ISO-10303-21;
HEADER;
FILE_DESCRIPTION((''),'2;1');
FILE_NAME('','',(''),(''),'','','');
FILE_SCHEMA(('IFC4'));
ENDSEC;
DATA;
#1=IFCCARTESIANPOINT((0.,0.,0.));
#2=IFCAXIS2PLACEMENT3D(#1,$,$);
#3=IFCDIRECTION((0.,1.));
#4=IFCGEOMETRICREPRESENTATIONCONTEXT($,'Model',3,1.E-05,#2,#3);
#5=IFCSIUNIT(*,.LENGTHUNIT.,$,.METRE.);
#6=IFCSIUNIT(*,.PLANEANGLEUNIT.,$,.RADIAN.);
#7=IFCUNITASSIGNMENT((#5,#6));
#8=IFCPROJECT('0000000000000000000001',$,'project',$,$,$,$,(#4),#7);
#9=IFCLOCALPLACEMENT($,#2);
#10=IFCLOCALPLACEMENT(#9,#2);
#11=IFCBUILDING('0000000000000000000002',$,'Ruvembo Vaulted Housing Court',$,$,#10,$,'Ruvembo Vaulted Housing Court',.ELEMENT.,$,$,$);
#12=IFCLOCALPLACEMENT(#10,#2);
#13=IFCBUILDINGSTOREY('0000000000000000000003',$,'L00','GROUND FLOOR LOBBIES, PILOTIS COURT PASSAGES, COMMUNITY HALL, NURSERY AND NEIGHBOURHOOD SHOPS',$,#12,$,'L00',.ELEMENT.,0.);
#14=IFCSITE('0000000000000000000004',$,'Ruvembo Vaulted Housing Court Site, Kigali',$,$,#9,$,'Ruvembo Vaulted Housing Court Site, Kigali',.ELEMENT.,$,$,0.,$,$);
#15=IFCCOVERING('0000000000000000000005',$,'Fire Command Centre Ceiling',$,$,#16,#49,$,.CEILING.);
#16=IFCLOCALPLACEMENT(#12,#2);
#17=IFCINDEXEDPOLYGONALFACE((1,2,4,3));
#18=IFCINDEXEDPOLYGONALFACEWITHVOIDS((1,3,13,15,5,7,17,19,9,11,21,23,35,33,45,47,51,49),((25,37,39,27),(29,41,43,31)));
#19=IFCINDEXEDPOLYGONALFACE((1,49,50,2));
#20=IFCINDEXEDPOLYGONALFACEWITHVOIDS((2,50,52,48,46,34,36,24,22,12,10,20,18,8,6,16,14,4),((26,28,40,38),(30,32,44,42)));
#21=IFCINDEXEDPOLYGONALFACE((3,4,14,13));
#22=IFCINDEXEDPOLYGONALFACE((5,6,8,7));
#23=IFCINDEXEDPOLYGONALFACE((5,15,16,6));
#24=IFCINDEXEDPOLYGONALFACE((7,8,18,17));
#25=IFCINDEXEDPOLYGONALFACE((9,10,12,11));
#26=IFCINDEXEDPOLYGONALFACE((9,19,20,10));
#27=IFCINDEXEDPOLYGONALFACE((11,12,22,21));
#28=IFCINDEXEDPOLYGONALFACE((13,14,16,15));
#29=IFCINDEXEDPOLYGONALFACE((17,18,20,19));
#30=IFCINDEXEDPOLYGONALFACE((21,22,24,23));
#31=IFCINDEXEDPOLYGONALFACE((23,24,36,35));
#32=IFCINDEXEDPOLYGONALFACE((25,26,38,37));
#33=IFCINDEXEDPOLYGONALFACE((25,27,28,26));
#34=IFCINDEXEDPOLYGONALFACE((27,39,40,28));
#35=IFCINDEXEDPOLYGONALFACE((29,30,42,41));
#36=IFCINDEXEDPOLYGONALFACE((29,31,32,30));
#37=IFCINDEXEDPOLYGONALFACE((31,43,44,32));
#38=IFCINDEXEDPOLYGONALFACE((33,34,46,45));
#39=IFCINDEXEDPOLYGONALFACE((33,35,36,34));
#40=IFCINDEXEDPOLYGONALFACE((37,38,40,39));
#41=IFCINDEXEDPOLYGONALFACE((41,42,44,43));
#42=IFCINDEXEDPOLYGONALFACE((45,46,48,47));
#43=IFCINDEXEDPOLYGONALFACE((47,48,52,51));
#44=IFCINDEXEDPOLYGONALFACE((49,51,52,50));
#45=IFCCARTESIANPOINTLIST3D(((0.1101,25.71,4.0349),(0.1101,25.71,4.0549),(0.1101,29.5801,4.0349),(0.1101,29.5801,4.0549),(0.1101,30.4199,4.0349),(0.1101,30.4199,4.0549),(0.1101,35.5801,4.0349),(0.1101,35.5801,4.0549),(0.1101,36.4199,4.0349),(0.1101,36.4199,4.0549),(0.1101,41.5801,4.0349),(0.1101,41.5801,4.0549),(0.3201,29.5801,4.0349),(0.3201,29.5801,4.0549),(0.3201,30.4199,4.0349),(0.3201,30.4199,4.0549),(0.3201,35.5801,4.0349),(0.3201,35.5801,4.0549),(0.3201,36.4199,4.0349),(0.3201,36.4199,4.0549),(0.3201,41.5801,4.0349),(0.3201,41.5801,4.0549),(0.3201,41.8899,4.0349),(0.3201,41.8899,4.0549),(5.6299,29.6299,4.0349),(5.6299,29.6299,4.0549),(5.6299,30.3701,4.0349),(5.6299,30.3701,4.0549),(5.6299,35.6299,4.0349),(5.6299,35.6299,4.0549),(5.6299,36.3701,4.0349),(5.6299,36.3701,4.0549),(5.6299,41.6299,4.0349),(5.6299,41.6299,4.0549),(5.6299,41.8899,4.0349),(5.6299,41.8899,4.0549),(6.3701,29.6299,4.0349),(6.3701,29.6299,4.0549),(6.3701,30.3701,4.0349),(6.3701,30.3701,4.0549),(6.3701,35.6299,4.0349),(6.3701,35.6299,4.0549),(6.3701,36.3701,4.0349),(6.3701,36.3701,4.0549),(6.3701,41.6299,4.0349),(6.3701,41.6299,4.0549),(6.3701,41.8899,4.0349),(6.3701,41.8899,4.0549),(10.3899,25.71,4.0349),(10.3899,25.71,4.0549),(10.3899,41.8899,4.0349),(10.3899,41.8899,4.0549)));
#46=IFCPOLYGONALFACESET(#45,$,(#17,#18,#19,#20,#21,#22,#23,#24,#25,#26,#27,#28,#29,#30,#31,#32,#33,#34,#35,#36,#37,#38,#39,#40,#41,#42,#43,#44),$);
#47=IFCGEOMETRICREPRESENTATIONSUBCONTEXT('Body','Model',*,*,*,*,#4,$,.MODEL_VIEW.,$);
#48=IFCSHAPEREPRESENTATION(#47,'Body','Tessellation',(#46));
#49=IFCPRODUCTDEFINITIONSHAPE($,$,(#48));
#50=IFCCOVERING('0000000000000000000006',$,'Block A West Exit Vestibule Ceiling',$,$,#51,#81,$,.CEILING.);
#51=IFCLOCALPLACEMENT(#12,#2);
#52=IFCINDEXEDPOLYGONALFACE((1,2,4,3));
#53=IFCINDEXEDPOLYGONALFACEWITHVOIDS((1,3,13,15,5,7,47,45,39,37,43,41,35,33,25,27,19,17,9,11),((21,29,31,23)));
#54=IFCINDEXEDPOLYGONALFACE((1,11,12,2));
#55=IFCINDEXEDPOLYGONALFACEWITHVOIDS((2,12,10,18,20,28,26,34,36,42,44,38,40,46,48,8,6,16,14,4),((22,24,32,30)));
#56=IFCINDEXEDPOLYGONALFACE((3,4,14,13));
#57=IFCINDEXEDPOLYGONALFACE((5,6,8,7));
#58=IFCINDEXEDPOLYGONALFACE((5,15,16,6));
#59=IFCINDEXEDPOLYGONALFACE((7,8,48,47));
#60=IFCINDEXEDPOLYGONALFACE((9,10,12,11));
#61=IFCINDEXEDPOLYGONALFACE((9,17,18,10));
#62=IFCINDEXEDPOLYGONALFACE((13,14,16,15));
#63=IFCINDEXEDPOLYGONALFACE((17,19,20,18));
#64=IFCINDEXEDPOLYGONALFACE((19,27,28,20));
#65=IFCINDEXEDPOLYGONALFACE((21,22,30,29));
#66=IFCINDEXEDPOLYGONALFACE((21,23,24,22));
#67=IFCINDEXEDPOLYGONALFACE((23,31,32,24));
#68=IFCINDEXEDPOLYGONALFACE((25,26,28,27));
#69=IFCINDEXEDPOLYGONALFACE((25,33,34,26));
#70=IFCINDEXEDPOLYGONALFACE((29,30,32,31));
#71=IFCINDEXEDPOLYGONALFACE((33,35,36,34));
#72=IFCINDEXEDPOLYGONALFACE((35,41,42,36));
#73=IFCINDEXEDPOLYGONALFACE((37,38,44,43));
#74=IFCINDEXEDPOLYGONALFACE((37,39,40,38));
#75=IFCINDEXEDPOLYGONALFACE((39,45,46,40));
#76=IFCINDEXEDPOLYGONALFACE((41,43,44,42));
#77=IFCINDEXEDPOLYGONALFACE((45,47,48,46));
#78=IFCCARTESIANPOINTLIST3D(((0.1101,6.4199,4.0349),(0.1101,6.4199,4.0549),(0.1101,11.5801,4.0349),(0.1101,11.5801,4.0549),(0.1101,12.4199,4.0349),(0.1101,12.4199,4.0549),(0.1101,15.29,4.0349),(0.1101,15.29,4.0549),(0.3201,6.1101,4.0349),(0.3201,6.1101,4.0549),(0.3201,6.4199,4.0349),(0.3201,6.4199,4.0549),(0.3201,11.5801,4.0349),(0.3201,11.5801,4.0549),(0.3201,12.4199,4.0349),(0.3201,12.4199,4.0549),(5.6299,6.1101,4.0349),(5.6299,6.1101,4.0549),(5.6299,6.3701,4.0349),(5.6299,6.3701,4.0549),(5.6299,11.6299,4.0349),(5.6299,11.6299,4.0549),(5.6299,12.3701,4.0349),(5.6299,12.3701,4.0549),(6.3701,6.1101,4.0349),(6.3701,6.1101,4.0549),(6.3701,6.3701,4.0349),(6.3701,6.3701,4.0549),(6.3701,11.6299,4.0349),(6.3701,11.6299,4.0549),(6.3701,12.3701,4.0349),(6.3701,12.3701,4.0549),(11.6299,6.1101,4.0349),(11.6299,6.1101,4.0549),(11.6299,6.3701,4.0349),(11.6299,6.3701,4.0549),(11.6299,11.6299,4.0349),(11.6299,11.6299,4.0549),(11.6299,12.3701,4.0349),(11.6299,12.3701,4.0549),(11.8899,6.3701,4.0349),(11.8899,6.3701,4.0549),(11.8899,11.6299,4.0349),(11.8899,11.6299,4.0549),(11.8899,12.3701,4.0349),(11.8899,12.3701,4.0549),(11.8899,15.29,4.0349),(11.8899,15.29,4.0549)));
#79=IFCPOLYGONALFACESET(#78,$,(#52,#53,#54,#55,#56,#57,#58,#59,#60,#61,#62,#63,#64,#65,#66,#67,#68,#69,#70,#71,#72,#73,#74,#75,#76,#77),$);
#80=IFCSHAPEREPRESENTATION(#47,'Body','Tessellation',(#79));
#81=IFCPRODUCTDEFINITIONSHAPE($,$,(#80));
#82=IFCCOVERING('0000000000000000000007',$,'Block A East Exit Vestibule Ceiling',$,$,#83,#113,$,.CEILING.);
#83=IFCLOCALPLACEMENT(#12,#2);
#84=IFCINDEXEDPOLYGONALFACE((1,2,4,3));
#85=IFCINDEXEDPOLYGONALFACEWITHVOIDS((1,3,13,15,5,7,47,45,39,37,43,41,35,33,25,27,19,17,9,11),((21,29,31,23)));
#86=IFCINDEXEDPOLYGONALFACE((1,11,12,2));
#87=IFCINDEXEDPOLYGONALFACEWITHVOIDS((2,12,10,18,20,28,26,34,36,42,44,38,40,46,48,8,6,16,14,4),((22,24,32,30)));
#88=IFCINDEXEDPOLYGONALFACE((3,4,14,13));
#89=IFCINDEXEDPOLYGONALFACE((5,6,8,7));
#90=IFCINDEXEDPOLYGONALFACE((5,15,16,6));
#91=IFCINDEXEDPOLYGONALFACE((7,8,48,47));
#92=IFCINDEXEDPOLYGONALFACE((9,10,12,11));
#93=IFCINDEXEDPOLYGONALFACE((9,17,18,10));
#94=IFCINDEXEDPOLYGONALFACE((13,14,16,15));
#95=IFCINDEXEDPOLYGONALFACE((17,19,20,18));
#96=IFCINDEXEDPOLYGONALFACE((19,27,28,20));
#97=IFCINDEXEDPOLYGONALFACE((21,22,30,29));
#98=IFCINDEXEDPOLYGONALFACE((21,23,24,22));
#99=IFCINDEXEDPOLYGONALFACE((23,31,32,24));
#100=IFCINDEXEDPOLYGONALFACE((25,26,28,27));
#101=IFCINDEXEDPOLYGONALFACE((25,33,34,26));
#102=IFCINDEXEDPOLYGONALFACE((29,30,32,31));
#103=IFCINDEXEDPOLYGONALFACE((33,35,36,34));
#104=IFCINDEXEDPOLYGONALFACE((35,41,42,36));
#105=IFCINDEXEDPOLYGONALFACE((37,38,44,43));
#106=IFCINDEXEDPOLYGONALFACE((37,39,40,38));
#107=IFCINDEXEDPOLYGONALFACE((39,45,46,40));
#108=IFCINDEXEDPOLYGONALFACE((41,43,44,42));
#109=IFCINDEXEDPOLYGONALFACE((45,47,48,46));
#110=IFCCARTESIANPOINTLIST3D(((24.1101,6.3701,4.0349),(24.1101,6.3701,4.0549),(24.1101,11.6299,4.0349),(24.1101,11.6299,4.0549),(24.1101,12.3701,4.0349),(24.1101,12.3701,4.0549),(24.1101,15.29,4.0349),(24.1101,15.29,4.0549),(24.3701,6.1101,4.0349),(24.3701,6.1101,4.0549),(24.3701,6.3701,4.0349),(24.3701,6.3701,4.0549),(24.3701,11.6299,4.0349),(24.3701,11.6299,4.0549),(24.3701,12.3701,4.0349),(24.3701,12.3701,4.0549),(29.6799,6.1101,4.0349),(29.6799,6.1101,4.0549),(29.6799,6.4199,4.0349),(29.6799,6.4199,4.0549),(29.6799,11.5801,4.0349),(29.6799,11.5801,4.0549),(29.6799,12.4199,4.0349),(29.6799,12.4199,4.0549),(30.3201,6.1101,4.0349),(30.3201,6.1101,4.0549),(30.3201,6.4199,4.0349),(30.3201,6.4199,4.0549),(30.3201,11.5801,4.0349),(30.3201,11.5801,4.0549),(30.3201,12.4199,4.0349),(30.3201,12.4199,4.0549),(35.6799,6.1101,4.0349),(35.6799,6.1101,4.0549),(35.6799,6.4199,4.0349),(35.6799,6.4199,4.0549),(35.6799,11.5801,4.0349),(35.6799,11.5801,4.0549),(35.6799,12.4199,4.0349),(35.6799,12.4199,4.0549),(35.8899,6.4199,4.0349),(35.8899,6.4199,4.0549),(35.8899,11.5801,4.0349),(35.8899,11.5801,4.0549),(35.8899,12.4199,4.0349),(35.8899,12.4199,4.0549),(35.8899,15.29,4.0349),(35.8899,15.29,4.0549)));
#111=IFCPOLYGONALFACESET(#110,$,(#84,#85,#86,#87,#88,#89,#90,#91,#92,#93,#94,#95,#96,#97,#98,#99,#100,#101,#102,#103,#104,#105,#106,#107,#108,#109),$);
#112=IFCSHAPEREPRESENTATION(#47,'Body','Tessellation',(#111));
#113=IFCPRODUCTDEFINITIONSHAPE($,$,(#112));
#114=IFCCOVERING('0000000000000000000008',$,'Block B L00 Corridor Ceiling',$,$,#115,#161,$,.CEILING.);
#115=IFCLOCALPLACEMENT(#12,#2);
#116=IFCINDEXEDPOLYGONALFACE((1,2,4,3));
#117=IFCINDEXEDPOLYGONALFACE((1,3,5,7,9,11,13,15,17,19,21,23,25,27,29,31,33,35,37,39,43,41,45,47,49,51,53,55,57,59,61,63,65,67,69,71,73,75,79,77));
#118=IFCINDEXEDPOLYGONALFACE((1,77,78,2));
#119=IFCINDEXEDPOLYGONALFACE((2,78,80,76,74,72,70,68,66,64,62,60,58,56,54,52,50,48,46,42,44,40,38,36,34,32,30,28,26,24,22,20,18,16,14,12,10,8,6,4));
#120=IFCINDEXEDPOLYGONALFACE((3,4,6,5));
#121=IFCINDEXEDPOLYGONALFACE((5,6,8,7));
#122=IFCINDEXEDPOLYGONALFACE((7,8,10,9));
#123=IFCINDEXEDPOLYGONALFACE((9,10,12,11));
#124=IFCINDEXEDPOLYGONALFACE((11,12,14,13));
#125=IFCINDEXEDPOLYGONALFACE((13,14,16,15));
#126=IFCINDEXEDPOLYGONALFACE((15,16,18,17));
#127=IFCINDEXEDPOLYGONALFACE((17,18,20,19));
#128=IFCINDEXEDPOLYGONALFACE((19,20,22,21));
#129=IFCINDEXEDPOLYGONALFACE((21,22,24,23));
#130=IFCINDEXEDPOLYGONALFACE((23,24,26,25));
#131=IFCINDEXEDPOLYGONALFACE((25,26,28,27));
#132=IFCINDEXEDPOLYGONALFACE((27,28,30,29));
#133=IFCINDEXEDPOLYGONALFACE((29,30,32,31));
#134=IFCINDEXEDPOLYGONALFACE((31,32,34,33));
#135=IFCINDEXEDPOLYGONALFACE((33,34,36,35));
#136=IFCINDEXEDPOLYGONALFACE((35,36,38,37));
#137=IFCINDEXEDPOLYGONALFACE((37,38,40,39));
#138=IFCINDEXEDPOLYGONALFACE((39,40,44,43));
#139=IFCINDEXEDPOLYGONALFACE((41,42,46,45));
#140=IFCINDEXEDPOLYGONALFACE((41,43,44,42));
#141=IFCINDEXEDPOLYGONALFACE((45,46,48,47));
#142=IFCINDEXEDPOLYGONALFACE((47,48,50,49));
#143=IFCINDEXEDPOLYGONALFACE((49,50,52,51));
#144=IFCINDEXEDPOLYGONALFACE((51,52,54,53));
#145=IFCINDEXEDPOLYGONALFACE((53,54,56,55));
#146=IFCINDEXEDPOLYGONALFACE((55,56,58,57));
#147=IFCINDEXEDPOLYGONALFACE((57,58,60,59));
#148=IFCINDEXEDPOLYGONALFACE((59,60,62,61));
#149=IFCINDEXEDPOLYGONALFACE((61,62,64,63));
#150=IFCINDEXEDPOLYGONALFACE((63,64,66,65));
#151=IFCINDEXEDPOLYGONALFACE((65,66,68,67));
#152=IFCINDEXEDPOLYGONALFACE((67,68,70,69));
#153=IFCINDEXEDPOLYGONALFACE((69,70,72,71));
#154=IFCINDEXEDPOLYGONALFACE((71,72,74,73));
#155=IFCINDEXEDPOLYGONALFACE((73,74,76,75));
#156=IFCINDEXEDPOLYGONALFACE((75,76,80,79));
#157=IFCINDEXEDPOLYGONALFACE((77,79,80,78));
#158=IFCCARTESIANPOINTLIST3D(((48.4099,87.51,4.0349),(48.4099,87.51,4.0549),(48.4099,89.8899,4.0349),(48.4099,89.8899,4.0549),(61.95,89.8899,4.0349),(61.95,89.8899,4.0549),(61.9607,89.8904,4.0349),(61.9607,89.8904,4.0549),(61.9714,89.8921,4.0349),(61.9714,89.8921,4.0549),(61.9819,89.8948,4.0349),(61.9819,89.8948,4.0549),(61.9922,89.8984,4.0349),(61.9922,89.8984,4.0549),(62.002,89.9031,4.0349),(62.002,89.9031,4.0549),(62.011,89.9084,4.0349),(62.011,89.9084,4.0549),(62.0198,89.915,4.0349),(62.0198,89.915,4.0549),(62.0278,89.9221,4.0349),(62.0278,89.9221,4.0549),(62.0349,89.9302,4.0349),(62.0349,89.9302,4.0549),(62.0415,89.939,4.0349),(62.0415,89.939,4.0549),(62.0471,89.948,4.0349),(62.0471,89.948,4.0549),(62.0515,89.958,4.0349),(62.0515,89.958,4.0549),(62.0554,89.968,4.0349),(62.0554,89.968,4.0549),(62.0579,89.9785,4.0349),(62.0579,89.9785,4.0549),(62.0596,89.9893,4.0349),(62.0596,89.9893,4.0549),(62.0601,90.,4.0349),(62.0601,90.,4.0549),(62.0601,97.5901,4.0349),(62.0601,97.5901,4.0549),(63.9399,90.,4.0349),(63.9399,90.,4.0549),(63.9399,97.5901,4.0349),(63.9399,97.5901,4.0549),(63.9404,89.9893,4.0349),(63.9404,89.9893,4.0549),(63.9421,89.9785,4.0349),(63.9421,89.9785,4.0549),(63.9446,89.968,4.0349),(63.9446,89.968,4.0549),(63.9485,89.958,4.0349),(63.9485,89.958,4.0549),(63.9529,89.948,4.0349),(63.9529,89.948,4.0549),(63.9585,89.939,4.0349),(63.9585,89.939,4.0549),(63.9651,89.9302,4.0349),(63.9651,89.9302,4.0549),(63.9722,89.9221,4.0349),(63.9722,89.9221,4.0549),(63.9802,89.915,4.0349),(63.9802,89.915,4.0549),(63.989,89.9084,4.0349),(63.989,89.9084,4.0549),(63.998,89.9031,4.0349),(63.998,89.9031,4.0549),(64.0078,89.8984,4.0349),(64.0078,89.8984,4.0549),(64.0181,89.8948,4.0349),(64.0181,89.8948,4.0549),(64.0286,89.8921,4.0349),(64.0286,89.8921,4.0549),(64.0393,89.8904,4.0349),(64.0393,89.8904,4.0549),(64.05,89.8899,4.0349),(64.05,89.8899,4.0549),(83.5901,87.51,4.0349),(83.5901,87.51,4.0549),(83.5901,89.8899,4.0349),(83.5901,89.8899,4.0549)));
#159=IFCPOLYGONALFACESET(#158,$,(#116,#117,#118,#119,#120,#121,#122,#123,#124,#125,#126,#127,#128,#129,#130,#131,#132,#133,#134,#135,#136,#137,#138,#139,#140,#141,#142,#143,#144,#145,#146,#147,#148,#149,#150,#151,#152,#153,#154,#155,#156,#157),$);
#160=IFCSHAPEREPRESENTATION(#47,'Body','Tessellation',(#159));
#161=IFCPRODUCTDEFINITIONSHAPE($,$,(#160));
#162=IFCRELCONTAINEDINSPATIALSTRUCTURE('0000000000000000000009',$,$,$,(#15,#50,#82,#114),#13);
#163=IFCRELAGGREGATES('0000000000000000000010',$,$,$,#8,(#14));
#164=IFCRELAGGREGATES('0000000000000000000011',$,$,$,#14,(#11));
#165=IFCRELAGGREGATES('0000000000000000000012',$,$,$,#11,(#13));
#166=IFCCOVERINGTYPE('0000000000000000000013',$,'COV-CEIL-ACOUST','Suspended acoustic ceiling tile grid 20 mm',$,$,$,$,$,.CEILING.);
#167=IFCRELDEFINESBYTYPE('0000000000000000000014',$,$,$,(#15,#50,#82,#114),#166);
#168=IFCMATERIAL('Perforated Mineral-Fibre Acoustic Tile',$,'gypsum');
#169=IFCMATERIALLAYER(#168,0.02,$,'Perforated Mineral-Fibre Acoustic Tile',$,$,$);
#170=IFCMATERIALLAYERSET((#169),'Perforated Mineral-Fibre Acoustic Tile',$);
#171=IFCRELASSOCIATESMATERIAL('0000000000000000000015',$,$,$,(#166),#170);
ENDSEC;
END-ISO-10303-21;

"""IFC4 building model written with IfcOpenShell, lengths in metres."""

from ifc_helpers import new_model, si_unit, direction, frame, origin, place, context, subcontext, project, spatial, polyline, outline, extrude, material, layer, layer_set, type_object, element, save


model = new_model("IFC4")

# Units and contexts
model_context = context("Model", 3, precision=1e-05, world=origin(), true_north=direction((0.0, 1.0)))
body_context = subcontext(model_context, "Body", "Model", "MODEL_VIEW")
ifc_project = project(units=[si_unit("LENGTHUNIT", "METRE"), si_unit("PLANEANGLEUNIT", "RADIAN")], contexts=[model_context])

# Site, building, storey
site_placement = place(None, origin())
site = spatial("IfcSite", under=ifc_project, at=site_placement, Name="Ruvembo Vaulted Housing Court Site, Kigali", LongName="Ruvembo Vaulted Housing Court Site, Kigali", CompositionType="ELEMENT", RefElevation=0.0)
building_placement = place(site_placement, origin())
building = spatial("IfcBuilding", under=site, at=building_placement, Name="Ruvembo Vaulted Housing Court", LongName="Ruvembo Vaulted Housing Court", CompositionType="ELEMENT")
storey_placement = place(building_placement, origin())
storey = spatial("IfcBuildingStorey", under=building, at=storey_placement, Name="L00", Description="GROUND FLOOR LOBBIES, PILOTIS COURT PASSAGES, COMMUNITY HALL, NURSERY AND NEIGHBOURHOOD SHOPS", LongName="L00", CompositionType="ELEMENT", Elevation=0.0)

# Coverings
ifc_material_1 = material(Name="Perforated Mineral-Fibre Acoustic Tile", Category="gypsum")
ifc_layer_1 = layer(ifc_material_1, 0.02, Name="Perforated Mineral-Fibre Acoustic Tile")
ifc_layer_set_1 = layer_set([ifc_layer_1], Name="Perforated Mineral-Fibre Acoustic Tile")
covering_type_1 = type_object("IfcCoveringType", Name="COV-CEIL-ACOUST", Description="Suspended acoustic ceiling tile grid 20 mm", PredefinedType="CEILING", material=ifc_layer_set_1)
covering_1_placement = place(storey_placement, frame((0.0, 0.0, 4.0349)))
element("IfcCovering", 1, at=covering_1_placement, inside=storey, type_object=covering_type_1, Name="Fire Command Centre Ceiling", PredefinedType="CEILING", context=body_context, shape_type="SweptSolid", body=[
    extrude(outline(polyline([(0.3201, 30.4199), (0.3201, 29.5801), (0.1101, 29.5801), (0.1101, 25.71), (10.3899, 25.71), (10.3899, 41.8899), (6.3701, 41.8899), (6.3701, 41.6299), (5.6299, 41.6299), (5.6299, 41.8899), (0.3201, 41.8899), (0.3201, 41.5801), (0.1101, 41.5801), (0.1101, 36.4199), (0.3201, 36.4199), (0.3201, 35.5801), (0.1101, 35.5801), (0.1101, 30.4199), (0.3201, 30.4199)]), holes=[polyline([(5.6299, 29.6299), (6.3701, 29.6299), (6.3701, 30.3701), (5.6299, 30.3701), (5.6299, 29.6299)]), polyline([(5.6299, 35.6299), (6.3701, 35.6299), (6.3701, 36.3701), (5.6299, 36.3701), (5.6299, 35.6299)])]), origin(), (0.0, 0.0, 1.0), 0.02),
])
covering_2_placement = place(storey_placement, frame((0.0, 0.0, 4.0349)))
element("IfcCovering", 2, at=covering_2_placement, inside=storey, type_object=covering_type_1, Name="Block A West Exit Vestibule Ceiling", PredefinedType="CEILING", context=body_context, shape_type="SweptSolid", body=[
    extrude(outline(polyline([(5.6299, 6.3701), (6.3701, 6.3701), (6.3701, 6.1101), (11.6299, 6.1101), (11.6299, 6.3701), (11.8899, 6.3701), (11.8899, 11.6299), (11.6299, 11.6299), (11.6299, 12.3701), (11.8899, 12.3701), (11.8899, 15.29), (0.1101, 15.29), (0.1101, 12.4199), (0.3201, 12.4199), (0.3201, 11.5801), (0.1101, 11.5801), (0.1101, 6.4199), (0.3201, 6.4199), (0.3201, 6.1101), (5.6299, 6.1101), (5.6299, 6.3701)]), holes=[polyline([(5.6299, 11.6299), (6.3701, 11.6299), (6.3701, 12.3701), (5.6299, 12.3701), (5.6299, 11.6299)])]), origin(), (0.0, 0.0, 1.0), 0.02),
])
covering_3_placement = place(storey_placement, frame((0.0, 0.0, 4.0349)))
element("IfcCovering", 3, at=covering_3_placement, inside=storey, type_object=covering_type_1, Name="Block A East Exit Vestibule Ceiling", PredefinedType="CEILING", context=body_context, shape_type="SweptSolid", body=[
    extrude(outline(polyline([(29.6799, 6.4199), (30.3201, 6.4199), (30.3201, 6.1101), (35.6799, 6.1101), (35.6799, 6.4199), (35.8899, 6.4199), (35.8899, 11.5801), (35.6799, 11.5801), (35.6799, 12.4199), (35.8899, 12.4199), (35.8899, 15.29), (24.1101, 15.29), (24.1101, 12.3701), (24.3701, 12.3701), (24.3701, 11.6299), (24.1101, 11.6299), (24.1101, 6.3701), (24.3701, 6.3701), (24.3701, 6.1101), (29.6799, 6.1101), (29.6799, 6.4199)]), holes=[polyline([(29.6799, 11.5801), (30.3201, 11.5801), (30.3201, 12.4199), (29.6799, 12.4199), (29.6799, 11.5801)])]), origin(), (0.0, 0.0, 1.0), 0.02),
])
covering_4_placement = place(storey_placement, frame((0.0, 0.0, 4.0349)))
element("IfcCovering", 4, at=covering_4_placement, inside=storey, type_object=covering_type_1, Name="Block B L00 Corridor Ceiling", PredefinedType="CEILING", context=body_context, shape_type="SweptSolid", body=[
    extrude(outline(polyline([(61.95, 89.8899), (48.4099, 89.8899), (48.4099, 87.51), (83.5901, 87.51), (83.5901, 89.8899), (64.05, 89.8899), (64.0393, 89.8904), (64.0286, 89.8921), (64.0181, 89.8948), (64.0078, 89.8984), (63.998, 89.9031), (63.989, 89.9084), (63.9802, 89.915), (63.9722, 89.9221), (63.9651, 89.9302), (63.9585, 89.939), (63.9529, 89.948), (63.9485, 89.958), (63.9446, 89.968), (63.9421, 89.9785), (63.9404, 89.9893), (63.9399, 90.0), (63.9399, 97.5901), (62.0601, 97.5901), (62.0601, 90.0), (62.0596, 89.9893), (62.0579, 89.9785), (62.0554, 89.968), (62.0515, 89.958), (62.0471, 89.948), (62.0415, 89.939), (62.0349, 89.9302), (62.0278, 89.9221), (62.0198, 89.915), (62.011, 89.9084), (62.002, 89.9031), (61.9922, 89.8984), (61.9819, 89.8948), (61.9714, 89.8921), (61.9607, 89.8904), (61.95, 89.8899)])), origin(), (0.0, 0.0, 1.0), 0.02),
])

save(model, "model.ifc")
